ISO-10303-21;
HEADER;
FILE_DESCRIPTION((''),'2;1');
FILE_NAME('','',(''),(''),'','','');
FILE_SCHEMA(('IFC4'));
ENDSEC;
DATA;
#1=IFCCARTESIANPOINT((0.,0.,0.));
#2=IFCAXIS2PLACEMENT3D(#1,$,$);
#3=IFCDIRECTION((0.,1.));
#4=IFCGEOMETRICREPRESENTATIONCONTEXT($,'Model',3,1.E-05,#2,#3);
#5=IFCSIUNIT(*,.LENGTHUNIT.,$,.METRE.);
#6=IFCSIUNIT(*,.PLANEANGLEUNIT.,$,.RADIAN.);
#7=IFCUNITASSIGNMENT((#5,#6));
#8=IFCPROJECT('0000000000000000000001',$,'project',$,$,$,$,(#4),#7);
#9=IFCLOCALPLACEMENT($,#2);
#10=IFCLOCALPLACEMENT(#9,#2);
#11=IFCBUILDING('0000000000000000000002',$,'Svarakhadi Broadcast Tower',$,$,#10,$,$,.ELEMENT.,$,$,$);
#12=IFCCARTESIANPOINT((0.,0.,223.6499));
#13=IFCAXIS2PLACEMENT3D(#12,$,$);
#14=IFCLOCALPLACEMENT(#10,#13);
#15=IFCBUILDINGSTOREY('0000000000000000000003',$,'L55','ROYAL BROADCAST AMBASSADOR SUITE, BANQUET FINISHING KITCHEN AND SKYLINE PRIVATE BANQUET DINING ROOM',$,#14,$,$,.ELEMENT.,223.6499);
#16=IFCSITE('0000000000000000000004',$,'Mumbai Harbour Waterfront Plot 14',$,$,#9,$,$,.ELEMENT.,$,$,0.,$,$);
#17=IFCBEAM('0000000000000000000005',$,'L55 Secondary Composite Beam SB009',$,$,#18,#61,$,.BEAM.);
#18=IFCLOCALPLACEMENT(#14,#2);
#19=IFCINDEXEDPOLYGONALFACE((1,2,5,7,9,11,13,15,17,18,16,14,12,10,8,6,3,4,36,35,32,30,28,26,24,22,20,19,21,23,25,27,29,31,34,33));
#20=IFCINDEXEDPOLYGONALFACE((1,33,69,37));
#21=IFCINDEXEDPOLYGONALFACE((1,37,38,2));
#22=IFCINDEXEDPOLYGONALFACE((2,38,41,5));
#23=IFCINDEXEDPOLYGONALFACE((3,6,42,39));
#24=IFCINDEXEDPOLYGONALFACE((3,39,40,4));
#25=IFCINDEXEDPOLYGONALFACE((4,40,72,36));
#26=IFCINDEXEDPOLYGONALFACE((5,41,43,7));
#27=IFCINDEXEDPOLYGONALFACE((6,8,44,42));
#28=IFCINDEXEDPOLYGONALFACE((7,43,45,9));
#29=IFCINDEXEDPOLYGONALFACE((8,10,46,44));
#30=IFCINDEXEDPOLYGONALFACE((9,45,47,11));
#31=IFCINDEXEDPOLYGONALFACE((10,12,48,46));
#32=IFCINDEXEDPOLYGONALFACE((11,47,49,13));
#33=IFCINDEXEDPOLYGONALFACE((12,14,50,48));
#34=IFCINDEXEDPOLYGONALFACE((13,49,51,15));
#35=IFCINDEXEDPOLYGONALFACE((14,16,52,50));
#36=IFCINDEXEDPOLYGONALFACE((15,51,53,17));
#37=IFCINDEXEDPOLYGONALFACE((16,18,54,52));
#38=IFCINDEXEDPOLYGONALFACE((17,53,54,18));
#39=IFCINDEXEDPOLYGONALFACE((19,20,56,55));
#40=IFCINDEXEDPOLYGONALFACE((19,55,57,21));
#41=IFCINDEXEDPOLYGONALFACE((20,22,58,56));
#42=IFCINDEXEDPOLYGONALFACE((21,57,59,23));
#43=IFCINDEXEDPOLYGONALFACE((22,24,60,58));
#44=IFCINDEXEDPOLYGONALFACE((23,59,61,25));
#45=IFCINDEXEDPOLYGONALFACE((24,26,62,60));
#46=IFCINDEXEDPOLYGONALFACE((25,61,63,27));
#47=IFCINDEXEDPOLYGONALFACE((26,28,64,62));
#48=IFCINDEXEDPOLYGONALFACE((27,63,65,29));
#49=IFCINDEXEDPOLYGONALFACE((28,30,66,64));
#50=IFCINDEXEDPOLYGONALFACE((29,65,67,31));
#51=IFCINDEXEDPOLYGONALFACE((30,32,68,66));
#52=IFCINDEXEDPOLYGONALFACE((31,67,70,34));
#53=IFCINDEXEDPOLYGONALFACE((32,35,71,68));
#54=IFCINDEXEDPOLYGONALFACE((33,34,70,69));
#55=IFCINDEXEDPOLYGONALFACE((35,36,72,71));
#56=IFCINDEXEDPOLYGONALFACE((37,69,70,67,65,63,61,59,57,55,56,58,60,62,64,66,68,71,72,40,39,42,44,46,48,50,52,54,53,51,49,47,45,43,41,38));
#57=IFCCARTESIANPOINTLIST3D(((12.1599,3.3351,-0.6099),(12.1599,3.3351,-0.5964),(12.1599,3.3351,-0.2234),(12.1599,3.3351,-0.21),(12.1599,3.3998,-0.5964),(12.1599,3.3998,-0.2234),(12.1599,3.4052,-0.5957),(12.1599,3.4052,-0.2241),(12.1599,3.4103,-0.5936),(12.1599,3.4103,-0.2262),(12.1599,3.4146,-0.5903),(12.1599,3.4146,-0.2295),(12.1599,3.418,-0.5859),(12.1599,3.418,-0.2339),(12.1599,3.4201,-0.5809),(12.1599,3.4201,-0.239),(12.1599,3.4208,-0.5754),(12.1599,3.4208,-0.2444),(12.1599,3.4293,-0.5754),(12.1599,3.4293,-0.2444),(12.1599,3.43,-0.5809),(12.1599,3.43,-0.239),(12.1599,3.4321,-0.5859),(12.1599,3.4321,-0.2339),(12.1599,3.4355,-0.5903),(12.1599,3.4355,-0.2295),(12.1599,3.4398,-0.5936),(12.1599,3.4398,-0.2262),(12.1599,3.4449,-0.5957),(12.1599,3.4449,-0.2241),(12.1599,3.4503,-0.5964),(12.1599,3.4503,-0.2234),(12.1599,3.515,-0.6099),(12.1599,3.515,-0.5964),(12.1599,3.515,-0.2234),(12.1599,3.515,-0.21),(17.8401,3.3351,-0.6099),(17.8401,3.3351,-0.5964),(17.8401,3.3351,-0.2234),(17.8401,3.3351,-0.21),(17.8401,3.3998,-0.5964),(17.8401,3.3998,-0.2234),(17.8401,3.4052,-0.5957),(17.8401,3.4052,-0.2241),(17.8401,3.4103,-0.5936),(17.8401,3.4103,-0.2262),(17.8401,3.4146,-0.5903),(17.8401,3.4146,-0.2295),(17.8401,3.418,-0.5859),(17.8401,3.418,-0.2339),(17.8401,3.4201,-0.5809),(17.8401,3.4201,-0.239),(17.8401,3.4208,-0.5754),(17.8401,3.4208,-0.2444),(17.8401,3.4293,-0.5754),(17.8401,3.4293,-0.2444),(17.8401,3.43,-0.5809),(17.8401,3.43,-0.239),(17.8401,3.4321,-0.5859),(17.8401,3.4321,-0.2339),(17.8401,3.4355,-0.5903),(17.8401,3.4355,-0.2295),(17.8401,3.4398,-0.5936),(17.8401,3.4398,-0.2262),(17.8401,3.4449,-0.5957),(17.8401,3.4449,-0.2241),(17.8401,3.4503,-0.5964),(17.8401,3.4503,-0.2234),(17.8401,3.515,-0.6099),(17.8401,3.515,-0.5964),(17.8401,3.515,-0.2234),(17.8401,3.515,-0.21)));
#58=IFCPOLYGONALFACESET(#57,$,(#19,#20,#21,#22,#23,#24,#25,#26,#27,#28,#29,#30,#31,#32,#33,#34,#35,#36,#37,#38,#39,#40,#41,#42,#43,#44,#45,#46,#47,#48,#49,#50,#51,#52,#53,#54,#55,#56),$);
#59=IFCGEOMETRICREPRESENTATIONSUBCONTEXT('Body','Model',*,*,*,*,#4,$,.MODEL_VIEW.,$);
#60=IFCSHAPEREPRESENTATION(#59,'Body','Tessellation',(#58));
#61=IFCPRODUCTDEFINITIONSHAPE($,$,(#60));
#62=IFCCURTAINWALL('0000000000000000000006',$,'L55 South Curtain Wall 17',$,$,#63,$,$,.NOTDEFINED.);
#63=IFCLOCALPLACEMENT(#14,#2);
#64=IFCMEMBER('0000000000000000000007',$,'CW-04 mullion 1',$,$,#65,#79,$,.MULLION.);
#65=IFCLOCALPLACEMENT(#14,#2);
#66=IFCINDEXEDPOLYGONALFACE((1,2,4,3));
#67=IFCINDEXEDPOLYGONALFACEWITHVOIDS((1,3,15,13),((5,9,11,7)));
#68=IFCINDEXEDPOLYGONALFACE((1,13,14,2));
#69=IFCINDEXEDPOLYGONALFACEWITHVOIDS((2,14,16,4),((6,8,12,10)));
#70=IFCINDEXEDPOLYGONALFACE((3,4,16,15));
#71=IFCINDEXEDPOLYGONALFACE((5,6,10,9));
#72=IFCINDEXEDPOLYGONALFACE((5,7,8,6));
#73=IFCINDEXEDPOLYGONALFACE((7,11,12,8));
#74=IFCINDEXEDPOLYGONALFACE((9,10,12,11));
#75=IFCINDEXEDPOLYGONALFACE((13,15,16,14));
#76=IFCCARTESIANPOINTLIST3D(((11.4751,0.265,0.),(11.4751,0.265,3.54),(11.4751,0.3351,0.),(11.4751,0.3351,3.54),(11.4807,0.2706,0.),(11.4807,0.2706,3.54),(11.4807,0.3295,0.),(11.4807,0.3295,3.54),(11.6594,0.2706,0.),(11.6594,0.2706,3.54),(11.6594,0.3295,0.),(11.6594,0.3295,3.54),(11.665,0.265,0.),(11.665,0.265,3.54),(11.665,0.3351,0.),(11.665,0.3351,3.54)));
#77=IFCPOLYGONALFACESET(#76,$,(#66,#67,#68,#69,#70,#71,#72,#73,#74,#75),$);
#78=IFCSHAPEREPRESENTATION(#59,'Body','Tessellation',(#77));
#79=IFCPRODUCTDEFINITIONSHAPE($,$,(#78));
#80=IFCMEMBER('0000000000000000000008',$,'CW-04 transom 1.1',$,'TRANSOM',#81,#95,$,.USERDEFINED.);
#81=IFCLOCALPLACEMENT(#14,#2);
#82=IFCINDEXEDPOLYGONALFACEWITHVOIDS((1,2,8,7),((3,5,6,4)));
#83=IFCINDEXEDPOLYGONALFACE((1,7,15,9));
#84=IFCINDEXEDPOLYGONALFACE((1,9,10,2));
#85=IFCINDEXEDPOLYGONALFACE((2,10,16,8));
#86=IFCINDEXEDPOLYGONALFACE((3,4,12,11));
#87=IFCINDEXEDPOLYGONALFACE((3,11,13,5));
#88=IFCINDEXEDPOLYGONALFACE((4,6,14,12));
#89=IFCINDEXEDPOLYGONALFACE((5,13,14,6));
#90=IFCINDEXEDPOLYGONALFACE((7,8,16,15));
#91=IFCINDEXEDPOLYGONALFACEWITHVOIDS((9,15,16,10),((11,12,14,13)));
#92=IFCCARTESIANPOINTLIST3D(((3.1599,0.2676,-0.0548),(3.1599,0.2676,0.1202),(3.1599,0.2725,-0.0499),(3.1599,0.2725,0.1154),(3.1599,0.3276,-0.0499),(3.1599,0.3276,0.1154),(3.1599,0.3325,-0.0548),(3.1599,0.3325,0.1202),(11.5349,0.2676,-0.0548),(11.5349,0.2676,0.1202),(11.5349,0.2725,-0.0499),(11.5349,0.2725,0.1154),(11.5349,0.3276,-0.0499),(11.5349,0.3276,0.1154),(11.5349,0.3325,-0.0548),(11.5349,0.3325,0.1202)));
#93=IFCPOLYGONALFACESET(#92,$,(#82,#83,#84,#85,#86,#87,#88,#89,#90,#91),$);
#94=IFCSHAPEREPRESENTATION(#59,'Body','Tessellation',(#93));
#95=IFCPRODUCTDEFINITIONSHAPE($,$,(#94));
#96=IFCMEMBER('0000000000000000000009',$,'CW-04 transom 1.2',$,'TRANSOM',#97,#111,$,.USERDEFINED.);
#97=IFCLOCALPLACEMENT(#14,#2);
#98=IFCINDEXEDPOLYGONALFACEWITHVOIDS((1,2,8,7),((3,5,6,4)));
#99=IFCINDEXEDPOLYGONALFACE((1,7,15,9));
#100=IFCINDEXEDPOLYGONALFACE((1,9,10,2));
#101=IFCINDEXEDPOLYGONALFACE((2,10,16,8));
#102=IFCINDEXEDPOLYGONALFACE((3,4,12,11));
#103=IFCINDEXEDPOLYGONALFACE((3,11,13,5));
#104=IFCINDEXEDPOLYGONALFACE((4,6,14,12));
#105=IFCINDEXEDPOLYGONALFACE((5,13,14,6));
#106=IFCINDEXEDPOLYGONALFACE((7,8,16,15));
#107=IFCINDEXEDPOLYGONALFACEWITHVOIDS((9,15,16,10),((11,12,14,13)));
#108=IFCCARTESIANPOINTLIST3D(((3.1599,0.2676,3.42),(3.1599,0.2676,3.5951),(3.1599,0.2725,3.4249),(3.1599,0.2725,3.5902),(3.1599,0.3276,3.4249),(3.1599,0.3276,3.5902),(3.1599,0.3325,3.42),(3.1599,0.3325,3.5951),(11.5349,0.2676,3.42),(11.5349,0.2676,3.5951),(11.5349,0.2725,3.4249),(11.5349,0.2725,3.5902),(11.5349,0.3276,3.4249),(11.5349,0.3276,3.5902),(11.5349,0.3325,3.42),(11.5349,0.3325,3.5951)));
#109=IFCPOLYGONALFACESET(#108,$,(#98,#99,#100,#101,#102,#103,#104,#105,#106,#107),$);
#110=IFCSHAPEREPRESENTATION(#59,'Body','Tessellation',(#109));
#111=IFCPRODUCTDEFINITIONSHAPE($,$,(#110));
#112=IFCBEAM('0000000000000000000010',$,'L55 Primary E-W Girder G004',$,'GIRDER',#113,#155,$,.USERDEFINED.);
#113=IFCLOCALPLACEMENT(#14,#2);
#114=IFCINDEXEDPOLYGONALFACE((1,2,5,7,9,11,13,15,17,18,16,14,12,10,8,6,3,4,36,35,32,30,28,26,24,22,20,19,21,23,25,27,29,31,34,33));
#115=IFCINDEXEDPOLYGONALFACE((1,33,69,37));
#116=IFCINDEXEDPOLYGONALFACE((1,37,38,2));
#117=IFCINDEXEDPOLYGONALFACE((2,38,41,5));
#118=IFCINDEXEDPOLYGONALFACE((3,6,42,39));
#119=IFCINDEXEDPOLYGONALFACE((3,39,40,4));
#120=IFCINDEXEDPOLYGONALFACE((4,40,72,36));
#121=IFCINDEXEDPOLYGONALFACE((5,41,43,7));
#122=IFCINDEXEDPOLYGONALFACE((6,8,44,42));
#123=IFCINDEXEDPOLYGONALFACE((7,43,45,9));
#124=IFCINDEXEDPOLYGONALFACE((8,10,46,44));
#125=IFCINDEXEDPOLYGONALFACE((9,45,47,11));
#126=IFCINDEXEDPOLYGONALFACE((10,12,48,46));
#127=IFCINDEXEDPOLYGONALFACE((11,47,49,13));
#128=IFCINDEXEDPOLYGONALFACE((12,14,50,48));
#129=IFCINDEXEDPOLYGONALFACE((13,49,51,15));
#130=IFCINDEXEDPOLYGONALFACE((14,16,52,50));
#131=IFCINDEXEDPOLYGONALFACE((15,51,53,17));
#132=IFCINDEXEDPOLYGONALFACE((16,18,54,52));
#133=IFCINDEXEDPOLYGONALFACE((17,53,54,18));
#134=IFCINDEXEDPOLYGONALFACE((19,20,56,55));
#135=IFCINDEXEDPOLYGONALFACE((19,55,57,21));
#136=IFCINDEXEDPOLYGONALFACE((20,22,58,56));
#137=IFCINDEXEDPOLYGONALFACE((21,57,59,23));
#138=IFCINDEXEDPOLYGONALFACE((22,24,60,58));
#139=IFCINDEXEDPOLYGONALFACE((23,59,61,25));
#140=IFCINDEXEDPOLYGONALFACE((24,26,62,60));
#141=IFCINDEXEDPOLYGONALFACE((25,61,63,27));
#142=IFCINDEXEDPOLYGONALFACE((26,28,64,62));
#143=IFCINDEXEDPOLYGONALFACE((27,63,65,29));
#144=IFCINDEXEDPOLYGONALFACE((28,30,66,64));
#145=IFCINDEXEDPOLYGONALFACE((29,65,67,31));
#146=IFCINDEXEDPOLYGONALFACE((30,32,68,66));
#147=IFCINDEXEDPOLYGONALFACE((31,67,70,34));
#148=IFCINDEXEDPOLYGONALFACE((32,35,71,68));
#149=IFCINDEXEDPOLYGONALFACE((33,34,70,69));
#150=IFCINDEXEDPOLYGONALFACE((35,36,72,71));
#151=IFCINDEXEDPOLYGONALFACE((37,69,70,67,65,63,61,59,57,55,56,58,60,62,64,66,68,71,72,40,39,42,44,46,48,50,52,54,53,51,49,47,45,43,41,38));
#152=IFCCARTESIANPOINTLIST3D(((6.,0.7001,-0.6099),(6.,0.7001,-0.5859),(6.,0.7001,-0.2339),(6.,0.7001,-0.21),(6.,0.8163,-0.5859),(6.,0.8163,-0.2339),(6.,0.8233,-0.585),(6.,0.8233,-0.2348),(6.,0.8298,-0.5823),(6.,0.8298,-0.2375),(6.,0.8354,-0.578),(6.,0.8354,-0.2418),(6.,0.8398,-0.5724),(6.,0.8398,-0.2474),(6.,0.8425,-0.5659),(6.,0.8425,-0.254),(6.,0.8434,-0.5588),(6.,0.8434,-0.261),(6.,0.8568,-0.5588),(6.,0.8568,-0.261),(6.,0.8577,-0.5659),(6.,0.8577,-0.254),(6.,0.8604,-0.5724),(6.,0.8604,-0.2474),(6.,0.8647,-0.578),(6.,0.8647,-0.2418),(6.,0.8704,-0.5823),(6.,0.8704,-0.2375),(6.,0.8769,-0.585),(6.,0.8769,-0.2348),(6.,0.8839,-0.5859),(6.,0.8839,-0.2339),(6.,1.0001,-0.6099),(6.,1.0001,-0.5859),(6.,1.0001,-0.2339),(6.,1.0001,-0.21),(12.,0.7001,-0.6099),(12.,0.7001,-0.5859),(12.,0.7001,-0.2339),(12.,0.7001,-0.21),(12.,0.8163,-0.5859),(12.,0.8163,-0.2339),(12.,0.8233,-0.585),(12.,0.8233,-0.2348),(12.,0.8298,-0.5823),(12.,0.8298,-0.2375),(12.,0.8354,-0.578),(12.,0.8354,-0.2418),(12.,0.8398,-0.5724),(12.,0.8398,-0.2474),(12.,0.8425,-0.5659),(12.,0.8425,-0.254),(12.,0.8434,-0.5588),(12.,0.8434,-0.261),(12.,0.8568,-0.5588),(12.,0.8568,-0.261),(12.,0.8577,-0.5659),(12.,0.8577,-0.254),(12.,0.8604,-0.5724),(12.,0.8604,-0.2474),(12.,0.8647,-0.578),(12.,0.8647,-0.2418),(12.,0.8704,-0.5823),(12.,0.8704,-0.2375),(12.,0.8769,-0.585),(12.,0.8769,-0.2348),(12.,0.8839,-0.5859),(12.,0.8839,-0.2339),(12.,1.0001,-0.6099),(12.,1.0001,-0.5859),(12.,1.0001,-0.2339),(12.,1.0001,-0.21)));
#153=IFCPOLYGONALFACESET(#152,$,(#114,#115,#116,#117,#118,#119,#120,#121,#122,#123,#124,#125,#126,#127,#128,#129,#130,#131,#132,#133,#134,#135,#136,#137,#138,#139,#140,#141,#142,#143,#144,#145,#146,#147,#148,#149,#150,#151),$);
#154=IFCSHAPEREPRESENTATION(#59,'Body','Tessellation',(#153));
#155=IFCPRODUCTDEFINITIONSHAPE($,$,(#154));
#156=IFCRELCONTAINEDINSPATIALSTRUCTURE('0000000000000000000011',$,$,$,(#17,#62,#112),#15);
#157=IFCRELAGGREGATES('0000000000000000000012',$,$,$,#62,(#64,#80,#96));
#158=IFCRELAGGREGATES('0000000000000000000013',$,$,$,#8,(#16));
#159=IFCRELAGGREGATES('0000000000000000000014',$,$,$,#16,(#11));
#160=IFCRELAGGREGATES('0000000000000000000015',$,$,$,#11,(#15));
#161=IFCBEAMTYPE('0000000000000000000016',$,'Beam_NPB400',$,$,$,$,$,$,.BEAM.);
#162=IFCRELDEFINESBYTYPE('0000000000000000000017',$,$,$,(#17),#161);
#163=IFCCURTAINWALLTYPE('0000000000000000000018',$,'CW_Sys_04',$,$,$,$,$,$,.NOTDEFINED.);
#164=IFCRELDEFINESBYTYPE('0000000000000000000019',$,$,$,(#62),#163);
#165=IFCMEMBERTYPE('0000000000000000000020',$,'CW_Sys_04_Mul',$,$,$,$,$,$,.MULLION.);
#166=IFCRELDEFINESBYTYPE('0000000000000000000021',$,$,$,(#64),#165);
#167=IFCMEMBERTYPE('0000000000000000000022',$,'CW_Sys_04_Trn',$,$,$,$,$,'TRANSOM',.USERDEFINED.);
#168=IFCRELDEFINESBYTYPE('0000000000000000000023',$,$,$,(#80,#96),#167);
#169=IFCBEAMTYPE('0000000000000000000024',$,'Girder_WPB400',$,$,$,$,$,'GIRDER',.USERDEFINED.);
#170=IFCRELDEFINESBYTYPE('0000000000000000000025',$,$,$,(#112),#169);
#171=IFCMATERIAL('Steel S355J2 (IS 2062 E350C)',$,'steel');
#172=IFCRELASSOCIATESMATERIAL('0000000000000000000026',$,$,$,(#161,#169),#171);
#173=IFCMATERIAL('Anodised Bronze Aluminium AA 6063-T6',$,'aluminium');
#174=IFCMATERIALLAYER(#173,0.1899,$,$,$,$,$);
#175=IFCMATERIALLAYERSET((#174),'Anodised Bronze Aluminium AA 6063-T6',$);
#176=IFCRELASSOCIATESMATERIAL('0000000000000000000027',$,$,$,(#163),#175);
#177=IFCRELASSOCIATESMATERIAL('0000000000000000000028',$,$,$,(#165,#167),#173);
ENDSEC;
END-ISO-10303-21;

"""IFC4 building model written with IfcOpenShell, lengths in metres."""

from ifc_helpers import new_model, si_unit, direction, frame, origin, origin_2d, place, context, subcontext, project, spatial, hollow_rectangle, i_section, extrude, material, layer, layer_set, material_profile, profile_set, type_object, element, aggregate, save


model = new_model("IFC4")

# Units and contexts
model_context = context("Model", 3, precision=1e-05, world=origin(), true_north=direction((0.0, 1.0)))
body_context = subcontext(model_context, "Body", "Model", "MODEL_VIEW")
ifc_project = project(units=[si_unit("LENGTHUNIT", "METRE"), si_unit("PLANEANGLEUNIT", "RADIAN")], contexts=[model_context])

# Site, building, storey
site_placement = place(None, origin())
site = spatial("IfcSite", under=ifc_project, at=site_placement, Name="Mumbai Harbour Waterfront Plot 14", CompositionType="ELEMENT", RefElevation=0.0)
building_placement = place(site_placement, origin())
building = spatial("IfcBuilding", under=site, at=building_placement, Name="Svarakhadi Broadcast Tower", CompositionType="ELEMENT")
storey_placement = place(building_placement, frame((0.0, 0.0, 223.6499)))
storey = spatial("IfcBuildingStorey", under=building, at=storey_placement, Name="L55", Description="ROYAL BROADCAST AMBASSADOR SUITE, BANQUET FINISHING KITCHEN AND SKYLINE PRIVATE BANQUET DINING ROOM", CompositionType="ELEMENT", Elevation=223.6499)

# Beam
ifc_material_1 = material(Name="Steel S355J2 (IS 2062 E350C)", Category="steel")
ifc_material_profile_1 = material_profile(ifc_material_1, i_section(OverallWidth=0.1799, OverallDepth=0.3999, WebThickness=0.0085, FlangeThickness=0.0134, FilletRadius=0.021, at=origin_2d()), Name="NPB 400x180x66")
ifc_profile_set_1 = profile_set([ifc_material_profile_1], Name="Steel S355J2 (IS 2062 E350C)")
beam_type_1 = type_object("IfcBeamType", Name="Beam_NPB400", PredefinedType="BEAM", material=ifc_profile_set_1)
for number, where, z_axis, x_axis, name in (
    (1, (12.1599, 3.425, -0.4099), (1.0, 0.0, 0.0), (0.0, 1.0, 0.0), "L55 Secondary Composite Beam SB009"),
):
    element("IfcBeam", number, at=place(storey_placement, frame(where, z_axis=z_axis, x_axis=x_axis)), inside=storey, type_object=beam_type_1, Name=name, PredefinedType="BEAM", context=body_context, shape_type="SweptSolid", body=[
        extrude(i_section(OverallWidth=0.1799, OverallDepth=0.3999, WebThickness=0.0085, FlangeThickness=0.0134, FilletRadius=0.021, at=origin_2d()), origin(), (0.0, 0.0, 1.0), 5.6802),
    ])

# Curtain wall, members
ifc_material_2 = material(Name="Anodised Bronze Aluminium AA 6063-T6", Category="aluminium")
ifc_layer_1 = layer(ifc_material_2, 0.1899)
ifc_layer_set_1 = layer_set([ifc_layer_1], Name="Anodised Bronze Aluminium AA 6063-T6")
curtain_wall_type = type_object("IfcCurtainWallType", Name="CW_Sys_04", PredefinedType="NOTDEFINED", material=ifc_layer_set_1)
curtain_wall_placement = place(storey_placement, origin())
curtain_wall = element("IfcCurtainWall", 2, at=curtain_wall_placement, inside=storey, type_object=curtain_wall_type, Name="L55 South Curtain Wall 17", PredefinedType="NOTDEFINED")
ifc_material_profile_2 = material_profile(ifc_material_2, hollow_rectangle(XDim=0.0701, YDim=0.1899, WallThickness=0.0056, at=origin_2d()), Name="ALU MULLION 190x70x6")
ifc_profile_set_2 = profile_set([ifc_material_profile_2], Name="Anodised Bronze Aluminium AA 6063-T6")
member_type_1 = type_object("IfcMemberType", Name="CW_Sys_04_Mul", PredefinedType="MULLION", material=ifc_profile_set_2)
member_1_placement = place(storey_placement, frame((11.5701, 0.3, 0.0), z_axis=(0.0, 0.0, 1.0), x_axis=(0.0, -1.0, 0.0)))
member_1 = element("IfcMember", 3, at=member_1_placement, type_object=member_type_1, Name="CW-04 mullion 1", PredefinedType="MULLION", context=body_context, shape_type="SweptSolid", body=[
    extrude(hollow_rectangle(XDim=0.0701, YDim=0.1899, WallThickness=0.0056, at=origin_2d()), origin(), (0.0, 0.0, 1.0), 3.54),
])
ifc_material_profile_3 = material_profile(ifc_material_2, hollow_rectangle(XDim=0.0649, YDim=0.175, WallThickness=0.0049, at=origin_2d()), Name="ALU TRANSOM 175x65x5")
ifc_profile_set_3 = profile_set([ifc_material_profile_3], Name="Anodised Bronze Aluminium AA 6063-T6")
member_type_2 = type_object("IfcMemberType", Name="CW_Sys_04_Trn", ElementType="TRANSOM", PredefinedType="USERDEFINED", material=ifc_profile_set_3)
member_2_placement = place(storey_placement, frame((11.5349, 0.3, 0.0327), z_axis=(-1.0, 0.0, 0.0), x_axis=(0.0, -1.0, 0.0)))
member_2 = element("IfcMember", 4, at=member_2_placement, type_object=member_type_2, Name="CW-04 transom 1.1", ObjectType="TRANSOM", PredefinedType="USERDEFINED", context=body_context, shape_type="SweptSolid", body=[
    extrude(hollow_rectangle(XDim=0.0649, YDim=0.175, WallThickness=0.0049, at=origin_2d()), origin(), (0.0, 0.0, 1.0), 8.375),
])
member_3_placement = place(storey_placement, frame((11.5349, 0.3, 3.5076), z_axis=(-1.0, 0.0, 0.0), x_axis=(0.0, -1.0, 0.0)))
member_3 = element("IfcMember", 5, at=member_3_placement, type_object=member_type_2, Name="CW-04 transom 1.2", ObjectType="TRANSOM", PredefinedType="USERDEFINED", context=body_context, shape_type="SweptSolid", body=[
    extrude(hollow_rectangle(XDim=0.0649, YDim=0.175, WallThickness=0.0049, at=origin_2d()), origin(), (0.0, 0.0, 1.0), 8.375),
])

# Beam
ifc_material_profile_4 = material_profile(ifc_material_1, i_section(OverallWidth=0.3, OverallDepth=0.3999, WebThickness=0.0134, FlangeThickness=0.0239, FilletRadius=0.0271, at=origin_2d()), Name="WPB 400x300x155")
ifc_profile_set_4 = profile_set([ifc_material_profile_4], Name="Steel S355J2 (IS 2062 E350C)")
beam_type_2 = type_object("IfcBeamType", Name="Girder_WPB400", ElementType="GIRDER", PredefinedType="USERDEFINED", material=ifc_profile_set_4)
for number, where, z_axis, x_axis, name in (
    (6, (6.0, 0.8501, -0.4099), (1.0, 0.0, 0.0), (0.0, 1.0, 0.0), "L55 Primary E-W Girder G004"),
):
    element("IfcBeam", number, at=place(storey_placement, frame(where, z_axis=z_axis, x_axis=x_axis)), inside=storey, type_object=beam_type_2, Name=name, ObjectType="GIRDER", PredefinedType="USERDEFINED", context=body_context, shape_type="SweptSolid", body=[
        extrude(i_section(OverallWidth=0.3, OverallDepth=0.3999, WebThickness=0.0134, FlangeThickness=0.0239, FilletRadius=0.0271, at=origin_2d()), origin(), (0.0, 0.0, 1.0), 6.0),
    ])

aggregate(curtain_wall, [member_1, member_2, member_3])

save(model, "model.ifc")
